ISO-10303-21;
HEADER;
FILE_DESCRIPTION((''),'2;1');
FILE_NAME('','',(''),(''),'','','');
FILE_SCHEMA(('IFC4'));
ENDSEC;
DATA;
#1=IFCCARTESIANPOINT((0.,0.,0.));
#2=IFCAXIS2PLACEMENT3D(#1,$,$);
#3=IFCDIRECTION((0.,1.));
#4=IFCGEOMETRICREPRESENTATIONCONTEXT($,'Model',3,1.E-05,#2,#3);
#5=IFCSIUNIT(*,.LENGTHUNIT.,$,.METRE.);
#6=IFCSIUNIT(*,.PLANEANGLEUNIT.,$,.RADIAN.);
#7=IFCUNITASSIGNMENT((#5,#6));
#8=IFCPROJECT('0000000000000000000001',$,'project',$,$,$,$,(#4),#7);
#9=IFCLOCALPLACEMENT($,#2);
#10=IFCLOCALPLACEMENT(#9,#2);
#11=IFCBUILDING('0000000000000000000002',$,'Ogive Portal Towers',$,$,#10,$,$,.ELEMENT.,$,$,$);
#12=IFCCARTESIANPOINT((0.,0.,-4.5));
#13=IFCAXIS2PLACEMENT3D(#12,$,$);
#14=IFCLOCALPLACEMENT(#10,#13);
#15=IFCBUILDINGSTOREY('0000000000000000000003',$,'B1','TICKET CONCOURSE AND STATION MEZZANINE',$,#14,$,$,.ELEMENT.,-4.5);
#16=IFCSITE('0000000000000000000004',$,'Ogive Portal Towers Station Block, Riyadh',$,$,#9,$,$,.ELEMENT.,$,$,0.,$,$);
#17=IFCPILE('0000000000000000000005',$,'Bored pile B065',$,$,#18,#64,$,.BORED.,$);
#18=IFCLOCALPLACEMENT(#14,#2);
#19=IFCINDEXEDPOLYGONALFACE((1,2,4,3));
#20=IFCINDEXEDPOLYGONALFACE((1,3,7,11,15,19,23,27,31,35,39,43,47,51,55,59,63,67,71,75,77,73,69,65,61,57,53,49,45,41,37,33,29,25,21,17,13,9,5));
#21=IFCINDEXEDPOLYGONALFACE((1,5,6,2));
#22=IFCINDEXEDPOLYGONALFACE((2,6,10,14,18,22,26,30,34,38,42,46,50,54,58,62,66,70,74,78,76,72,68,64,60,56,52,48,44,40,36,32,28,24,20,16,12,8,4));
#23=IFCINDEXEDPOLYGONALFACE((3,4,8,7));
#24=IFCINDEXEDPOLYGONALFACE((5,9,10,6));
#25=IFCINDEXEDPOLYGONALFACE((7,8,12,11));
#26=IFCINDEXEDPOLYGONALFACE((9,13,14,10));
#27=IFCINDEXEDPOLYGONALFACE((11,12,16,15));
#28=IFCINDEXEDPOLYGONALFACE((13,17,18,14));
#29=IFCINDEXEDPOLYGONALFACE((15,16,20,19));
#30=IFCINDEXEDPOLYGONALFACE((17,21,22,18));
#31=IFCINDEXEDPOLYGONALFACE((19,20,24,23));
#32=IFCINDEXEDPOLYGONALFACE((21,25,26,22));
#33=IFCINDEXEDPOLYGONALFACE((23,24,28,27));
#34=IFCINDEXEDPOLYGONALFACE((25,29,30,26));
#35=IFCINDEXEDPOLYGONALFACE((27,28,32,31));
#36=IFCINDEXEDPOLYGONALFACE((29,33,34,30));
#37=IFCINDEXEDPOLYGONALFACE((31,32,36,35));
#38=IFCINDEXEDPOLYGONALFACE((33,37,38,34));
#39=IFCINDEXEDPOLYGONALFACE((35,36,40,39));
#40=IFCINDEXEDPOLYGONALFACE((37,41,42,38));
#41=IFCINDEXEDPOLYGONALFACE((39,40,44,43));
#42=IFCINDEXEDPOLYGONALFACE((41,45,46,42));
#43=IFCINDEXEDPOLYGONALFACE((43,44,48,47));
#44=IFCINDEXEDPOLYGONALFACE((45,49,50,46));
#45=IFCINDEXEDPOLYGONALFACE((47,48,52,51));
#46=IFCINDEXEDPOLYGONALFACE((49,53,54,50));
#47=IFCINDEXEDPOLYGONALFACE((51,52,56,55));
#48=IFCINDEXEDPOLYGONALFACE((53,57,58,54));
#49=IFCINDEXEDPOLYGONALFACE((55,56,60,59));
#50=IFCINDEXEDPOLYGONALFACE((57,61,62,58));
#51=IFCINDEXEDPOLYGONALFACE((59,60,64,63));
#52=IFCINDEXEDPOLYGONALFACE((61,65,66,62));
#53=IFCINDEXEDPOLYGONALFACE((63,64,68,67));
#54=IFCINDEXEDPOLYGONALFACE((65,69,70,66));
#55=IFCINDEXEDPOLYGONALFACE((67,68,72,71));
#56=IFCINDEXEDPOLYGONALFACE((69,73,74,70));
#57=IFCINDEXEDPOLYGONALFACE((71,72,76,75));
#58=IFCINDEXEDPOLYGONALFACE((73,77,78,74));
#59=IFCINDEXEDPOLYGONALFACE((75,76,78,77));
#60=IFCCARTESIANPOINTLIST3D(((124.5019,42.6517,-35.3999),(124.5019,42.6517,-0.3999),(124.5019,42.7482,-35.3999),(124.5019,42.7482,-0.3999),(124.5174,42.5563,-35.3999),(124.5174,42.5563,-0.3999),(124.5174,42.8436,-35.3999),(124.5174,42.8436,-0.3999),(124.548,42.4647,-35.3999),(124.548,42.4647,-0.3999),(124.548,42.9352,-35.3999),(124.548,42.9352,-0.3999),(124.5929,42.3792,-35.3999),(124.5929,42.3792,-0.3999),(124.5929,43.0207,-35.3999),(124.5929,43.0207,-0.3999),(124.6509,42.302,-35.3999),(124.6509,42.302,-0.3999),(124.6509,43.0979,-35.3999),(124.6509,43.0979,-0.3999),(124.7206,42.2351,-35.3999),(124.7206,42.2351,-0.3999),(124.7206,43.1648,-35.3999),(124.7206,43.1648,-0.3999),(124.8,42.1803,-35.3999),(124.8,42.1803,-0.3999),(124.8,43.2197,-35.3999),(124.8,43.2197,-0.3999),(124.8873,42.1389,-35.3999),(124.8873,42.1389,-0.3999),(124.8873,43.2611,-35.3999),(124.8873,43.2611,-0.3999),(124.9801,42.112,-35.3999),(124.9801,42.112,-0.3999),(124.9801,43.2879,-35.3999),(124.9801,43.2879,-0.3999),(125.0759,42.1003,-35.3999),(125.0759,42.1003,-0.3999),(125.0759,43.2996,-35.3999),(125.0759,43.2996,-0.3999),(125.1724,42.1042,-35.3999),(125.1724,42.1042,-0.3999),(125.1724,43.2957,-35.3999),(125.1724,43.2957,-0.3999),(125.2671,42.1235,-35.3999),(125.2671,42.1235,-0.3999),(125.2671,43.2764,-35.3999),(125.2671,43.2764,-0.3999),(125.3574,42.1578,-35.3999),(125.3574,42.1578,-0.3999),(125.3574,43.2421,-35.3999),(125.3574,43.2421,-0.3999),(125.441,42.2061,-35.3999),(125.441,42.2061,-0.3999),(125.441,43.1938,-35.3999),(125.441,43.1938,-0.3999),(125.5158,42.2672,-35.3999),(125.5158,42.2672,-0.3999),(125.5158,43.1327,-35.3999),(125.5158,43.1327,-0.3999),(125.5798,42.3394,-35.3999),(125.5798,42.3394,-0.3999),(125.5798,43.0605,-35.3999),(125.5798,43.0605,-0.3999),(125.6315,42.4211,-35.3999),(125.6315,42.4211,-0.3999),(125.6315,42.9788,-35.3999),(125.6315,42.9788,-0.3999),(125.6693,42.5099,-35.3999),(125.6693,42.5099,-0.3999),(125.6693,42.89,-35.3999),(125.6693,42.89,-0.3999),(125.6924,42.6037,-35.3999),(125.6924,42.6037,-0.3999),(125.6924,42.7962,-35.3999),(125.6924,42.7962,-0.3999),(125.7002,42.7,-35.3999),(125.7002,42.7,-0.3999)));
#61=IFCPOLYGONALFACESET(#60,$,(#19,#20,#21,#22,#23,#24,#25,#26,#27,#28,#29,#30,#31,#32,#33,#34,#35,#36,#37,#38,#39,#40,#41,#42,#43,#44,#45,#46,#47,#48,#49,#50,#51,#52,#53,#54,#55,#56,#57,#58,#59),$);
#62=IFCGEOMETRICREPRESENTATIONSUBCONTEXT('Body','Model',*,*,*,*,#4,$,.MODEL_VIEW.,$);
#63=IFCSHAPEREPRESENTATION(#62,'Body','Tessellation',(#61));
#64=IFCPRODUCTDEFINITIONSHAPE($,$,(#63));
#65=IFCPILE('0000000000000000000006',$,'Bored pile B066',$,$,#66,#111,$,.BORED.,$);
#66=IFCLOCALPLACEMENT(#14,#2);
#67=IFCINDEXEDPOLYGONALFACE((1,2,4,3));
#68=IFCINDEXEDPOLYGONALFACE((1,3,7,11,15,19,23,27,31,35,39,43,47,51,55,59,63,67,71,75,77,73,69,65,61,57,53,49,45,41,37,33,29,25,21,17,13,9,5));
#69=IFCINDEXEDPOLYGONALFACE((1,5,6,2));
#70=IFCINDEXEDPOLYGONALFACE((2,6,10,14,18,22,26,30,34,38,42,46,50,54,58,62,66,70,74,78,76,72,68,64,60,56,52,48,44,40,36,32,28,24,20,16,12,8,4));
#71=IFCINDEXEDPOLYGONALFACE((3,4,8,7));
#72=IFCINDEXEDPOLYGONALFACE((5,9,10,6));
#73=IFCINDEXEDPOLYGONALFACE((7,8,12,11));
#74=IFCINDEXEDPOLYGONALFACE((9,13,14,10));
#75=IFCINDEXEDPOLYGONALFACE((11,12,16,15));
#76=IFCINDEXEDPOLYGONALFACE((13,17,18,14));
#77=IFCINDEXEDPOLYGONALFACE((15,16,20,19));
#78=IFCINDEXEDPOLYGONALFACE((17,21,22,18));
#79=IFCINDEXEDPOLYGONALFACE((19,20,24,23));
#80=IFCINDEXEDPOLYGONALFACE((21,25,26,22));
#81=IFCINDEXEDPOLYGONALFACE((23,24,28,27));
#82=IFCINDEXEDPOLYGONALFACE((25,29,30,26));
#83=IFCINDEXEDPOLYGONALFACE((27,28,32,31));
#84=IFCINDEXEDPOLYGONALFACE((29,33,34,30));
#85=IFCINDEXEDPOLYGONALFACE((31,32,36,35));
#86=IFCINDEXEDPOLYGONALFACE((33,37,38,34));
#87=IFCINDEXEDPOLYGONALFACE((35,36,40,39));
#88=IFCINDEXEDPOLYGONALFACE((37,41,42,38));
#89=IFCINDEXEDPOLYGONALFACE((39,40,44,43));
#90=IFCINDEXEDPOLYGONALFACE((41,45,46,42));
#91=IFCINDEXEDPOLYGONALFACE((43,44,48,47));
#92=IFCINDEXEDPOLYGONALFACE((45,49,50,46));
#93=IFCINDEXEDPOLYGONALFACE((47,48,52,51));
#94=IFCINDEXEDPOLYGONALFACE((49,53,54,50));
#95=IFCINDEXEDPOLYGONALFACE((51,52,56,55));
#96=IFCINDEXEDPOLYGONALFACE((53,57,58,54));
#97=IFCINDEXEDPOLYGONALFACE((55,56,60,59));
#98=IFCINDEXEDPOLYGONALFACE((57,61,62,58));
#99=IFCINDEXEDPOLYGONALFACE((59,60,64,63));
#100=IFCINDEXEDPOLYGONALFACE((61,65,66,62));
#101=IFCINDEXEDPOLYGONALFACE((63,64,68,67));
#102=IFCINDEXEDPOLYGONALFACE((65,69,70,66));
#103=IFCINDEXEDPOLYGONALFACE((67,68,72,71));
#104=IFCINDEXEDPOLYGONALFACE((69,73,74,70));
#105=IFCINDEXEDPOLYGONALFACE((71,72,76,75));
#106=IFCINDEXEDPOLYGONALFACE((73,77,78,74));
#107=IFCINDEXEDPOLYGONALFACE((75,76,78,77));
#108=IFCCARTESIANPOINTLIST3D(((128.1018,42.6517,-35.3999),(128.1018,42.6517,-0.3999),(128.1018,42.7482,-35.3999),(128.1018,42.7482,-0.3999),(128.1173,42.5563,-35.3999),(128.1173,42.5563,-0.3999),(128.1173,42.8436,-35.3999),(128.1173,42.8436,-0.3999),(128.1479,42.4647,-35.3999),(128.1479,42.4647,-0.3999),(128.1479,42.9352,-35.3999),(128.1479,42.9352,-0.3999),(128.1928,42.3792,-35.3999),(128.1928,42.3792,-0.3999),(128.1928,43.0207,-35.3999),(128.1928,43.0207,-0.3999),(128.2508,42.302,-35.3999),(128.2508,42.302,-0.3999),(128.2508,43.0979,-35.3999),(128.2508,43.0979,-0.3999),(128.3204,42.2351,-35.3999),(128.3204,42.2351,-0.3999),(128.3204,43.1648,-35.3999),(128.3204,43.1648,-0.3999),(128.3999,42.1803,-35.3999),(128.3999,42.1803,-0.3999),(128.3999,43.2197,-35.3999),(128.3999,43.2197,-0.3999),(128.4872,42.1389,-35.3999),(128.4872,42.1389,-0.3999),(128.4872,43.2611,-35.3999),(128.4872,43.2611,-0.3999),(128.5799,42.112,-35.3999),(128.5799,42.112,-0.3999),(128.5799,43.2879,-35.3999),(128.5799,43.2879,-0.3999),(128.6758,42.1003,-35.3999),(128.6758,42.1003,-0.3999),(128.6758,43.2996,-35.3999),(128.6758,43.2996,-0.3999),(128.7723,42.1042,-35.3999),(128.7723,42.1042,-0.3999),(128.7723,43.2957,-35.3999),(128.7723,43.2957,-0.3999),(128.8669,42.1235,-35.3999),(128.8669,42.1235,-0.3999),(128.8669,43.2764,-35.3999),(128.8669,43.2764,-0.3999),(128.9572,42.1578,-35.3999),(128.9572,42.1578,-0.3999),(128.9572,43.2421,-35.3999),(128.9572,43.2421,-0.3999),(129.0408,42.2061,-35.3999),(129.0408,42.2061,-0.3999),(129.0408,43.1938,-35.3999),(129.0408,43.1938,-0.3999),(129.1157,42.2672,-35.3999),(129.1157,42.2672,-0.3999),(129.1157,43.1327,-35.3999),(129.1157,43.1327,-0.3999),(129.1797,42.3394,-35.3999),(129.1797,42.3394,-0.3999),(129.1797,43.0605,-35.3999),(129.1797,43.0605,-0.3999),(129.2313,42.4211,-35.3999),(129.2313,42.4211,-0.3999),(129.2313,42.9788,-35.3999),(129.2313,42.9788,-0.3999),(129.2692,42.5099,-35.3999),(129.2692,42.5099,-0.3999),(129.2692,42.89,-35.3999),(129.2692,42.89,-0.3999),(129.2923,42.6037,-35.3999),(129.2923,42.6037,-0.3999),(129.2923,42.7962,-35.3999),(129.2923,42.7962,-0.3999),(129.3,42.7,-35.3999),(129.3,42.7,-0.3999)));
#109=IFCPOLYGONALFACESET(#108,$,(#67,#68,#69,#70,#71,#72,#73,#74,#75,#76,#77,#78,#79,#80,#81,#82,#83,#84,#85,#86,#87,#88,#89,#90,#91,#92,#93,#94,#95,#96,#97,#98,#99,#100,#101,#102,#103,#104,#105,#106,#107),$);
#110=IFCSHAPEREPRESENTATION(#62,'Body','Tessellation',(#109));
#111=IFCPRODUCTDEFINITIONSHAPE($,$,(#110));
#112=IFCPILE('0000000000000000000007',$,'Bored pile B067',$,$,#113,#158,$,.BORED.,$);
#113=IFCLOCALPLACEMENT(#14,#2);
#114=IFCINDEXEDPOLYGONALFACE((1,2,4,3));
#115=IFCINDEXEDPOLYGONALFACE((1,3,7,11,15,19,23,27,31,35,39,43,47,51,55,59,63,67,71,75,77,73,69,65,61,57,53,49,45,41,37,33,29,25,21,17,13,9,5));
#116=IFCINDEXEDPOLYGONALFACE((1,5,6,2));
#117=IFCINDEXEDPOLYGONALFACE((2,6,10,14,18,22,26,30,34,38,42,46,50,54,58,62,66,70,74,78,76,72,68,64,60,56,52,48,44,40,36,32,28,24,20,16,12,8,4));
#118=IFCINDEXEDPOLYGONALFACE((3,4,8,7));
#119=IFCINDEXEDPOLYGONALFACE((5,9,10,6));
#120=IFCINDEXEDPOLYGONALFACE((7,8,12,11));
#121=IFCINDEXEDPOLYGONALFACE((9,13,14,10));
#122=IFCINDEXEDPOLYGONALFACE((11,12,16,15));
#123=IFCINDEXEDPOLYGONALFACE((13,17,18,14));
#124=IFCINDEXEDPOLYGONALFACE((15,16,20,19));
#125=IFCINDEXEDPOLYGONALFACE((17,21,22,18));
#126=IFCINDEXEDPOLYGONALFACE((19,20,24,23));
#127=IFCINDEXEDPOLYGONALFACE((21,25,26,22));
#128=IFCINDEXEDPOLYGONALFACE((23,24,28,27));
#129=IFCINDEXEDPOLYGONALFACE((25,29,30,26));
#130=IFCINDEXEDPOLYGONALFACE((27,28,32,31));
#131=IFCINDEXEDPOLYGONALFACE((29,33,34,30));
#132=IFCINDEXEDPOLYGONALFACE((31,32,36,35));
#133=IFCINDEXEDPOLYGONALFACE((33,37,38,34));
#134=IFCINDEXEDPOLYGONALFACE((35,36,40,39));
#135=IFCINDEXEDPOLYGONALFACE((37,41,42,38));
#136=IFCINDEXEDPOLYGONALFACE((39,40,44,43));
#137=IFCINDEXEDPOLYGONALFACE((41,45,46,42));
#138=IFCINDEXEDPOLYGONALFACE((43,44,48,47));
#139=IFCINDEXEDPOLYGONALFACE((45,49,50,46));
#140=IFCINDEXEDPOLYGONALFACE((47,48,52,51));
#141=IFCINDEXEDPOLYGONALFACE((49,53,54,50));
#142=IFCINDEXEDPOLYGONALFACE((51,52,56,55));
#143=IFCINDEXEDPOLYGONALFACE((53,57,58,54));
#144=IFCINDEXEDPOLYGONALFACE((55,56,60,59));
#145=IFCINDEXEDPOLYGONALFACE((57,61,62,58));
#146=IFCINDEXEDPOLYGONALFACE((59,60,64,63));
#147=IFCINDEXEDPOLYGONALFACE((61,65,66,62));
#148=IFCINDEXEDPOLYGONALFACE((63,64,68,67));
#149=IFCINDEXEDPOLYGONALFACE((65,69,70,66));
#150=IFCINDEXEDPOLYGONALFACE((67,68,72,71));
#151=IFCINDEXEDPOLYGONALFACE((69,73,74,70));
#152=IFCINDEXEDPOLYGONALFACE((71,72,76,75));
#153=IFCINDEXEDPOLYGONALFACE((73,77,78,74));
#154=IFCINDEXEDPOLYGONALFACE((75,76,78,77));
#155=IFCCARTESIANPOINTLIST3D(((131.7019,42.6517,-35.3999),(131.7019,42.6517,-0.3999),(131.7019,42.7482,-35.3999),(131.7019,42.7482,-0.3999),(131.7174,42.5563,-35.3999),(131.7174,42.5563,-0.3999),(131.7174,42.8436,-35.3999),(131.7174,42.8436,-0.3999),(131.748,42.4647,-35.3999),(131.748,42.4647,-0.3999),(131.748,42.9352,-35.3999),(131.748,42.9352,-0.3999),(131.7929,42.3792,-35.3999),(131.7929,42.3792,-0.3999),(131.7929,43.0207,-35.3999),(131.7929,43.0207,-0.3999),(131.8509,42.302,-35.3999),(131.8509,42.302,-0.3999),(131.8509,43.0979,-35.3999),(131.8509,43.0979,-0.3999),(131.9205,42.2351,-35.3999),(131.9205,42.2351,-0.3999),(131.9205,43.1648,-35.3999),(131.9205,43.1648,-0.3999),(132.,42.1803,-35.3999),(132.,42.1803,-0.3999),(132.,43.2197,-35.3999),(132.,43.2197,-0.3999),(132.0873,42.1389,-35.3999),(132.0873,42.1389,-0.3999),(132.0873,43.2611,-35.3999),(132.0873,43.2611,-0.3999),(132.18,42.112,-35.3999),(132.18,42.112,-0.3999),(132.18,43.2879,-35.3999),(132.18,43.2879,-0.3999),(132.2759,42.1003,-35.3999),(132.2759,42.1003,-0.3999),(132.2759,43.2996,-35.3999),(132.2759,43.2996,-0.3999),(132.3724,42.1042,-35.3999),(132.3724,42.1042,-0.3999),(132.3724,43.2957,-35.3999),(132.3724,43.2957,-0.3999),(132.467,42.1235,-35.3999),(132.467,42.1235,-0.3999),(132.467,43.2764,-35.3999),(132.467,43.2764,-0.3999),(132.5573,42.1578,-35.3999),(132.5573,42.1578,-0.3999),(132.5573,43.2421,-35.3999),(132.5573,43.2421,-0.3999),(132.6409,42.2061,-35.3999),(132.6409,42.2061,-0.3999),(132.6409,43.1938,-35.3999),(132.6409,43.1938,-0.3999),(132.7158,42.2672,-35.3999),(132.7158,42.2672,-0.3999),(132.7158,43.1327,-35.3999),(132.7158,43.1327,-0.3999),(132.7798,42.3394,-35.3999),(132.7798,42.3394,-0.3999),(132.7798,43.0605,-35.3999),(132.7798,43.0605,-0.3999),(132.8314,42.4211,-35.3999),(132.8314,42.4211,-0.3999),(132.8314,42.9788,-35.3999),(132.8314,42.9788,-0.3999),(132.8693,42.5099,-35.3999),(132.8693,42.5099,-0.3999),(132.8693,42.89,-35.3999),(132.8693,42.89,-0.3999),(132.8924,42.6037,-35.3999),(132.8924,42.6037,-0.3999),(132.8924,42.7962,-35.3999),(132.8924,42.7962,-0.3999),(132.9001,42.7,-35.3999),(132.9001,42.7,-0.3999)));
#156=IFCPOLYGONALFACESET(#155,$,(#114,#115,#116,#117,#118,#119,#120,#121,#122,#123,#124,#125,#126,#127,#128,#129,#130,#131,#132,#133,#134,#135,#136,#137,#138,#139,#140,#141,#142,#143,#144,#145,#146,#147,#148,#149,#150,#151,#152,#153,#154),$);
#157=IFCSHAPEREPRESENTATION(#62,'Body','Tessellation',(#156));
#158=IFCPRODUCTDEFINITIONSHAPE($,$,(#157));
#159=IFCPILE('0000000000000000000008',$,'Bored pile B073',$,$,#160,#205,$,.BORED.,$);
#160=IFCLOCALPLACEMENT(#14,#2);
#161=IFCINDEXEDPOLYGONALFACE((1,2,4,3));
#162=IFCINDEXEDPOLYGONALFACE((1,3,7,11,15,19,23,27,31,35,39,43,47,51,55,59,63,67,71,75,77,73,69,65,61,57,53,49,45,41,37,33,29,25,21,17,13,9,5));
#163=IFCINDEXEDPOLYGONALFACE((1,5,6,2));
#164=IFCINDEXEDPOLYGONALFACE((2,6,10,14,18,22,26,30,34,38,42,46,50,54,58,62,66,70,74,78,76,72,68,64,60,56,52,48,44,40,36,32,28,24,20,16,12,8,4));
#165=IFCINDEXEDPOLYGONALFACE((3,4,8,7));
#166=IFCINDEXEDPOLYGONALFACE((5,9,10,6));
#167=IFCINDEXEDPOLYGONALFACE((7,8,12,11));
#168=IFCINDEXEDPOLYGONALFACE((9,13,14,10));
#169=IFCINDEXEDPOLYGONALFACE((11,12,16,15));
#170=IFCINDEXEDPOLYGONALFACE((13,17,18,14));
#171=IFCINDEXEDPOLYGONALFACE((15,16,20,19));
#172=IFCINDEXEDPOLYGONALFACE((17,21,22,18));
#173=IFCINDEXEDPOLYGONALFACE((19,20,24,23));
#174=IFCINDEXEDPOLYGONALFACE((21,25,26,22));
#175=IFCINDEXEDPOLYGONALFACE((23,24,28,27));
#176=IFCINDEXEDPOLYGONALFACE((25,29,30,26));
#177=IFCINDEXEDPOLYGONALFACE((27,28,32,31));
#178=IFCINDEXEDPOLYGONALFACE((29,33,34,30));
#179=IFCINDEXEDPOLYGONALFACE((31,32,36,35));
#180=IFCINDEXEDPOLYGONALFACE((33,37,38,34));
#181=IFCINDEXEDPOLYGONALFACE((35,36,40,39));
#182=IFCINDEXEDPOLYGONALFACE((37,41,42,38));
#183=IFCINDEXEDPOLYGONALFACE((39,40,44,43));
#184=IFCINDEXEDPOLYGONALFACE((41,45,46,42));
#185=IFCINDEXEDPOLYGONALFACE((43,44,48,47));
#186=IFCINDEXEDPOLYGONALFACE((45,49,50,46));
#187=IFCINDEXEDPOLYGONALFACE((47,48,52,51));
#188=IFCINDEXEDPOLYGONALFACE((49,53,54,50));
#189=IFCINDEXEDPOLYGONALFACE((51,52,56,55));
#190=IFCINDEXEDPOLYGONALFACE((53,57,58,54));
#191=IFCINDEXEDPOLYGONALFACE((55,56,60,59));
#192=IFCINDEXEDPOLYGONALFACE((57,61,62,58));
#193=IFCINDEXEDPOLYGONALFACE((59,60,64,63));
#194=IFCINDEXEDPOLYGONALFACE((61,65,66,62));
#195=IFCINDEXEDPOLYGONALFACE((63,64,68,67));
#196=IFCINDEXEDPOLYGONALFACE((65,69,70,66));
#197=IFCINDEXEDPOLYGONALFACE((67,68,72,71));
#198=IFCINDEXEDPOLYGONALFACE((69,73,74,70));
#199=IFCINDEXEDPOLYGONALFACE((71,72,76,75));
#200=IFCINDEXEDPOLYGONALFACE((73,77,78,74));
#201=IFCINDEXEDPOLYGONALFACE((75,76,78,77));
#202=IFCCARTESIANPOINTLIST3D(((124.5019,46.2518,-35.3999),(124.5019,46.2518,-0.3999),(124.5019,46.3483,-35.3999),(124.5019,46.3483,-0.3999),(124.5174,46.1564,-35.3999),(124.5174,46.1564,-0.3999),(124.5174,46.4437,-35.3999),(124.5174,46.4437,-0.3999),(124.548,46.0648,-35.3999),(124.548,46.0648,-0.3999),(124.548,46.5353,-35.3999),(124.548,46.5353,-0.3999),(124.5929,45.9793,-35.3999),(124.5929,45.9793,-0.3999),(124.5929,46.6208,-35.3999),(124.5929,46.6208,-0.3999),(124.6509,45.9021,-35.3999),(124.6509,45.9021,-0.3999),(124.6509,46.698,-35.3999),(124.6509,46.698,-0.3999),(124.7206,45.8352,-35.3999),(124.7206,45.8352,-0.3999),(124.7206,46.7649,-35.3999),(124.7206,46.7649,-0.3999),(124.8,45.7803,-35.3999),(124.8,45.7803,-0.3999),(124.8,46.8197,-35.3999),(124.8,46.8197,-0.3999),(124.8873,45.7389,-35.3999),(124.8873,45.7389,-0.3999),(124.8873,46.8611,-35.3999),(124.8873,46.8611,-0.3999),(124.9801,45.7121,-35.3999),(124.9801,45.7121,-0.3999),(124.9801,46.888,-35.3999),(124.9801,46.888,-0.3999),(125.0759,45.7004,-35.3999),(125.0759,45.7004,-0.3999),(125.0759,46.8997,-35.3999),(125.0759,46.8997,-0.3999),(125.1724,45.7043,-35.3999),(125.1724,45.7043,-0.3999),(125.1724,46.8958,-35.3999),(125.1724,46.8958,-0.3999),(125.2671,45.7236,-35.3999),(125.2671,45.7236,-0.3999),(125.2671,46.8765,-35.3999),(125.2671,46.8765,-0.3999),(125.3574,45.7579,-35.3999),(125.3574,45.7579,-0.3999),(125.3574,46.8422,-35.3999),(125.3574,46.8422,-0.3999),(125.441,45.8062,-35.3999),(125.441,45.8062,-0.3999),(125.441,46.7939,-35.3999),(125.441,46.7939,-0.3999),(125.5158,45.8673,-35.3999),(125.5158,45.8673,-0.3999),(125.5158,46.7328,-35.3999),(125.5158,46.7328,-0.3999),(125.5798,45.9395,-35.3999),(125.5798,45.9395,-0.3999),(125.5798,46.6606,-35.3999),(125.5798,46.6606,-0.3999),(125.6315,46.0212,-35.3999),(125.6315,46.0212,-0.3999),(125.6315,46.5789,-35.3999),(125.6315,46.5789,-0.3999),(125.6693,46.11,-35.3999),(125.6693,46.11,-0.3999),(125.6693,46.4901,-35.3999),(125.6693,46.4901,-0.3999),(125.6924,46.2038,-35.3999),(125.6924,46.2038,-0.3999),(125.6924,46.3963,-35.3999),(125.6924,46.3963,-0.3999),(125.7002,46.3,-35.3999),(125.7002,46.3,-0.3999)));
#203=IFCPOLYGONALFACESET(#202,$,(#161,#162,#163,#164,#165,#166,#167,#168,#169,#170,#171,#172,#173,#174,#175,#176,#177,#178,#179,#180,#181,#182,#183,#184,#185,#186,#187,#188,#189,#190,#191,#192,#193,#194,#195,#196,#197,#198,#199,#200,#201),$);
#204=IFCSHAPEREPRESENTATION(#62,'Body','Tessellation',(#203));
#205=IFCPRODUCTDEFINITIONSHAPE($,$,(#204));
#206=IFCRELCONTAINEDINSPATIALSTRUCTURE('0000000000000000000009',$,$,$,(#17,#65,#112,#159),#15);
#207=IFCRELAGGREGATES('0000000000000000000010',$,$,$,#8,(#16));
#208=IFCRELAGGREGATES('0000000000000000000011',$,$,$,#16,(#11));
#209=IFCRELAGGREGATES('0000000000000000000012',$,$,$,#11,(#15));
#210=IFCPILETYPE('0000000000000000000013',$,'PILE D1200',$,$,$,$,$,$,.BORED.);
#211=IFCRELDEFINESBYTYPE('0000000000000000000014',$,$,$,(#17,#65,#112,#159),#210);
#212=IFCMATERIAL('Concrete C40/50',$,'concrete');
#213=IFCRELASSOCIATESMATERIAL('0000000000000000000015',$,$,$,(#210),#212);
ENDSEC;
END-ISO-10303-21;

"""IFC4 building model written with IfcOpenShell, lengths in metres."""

from ifc_helpers import new_model, si_unit, direction, frame, origin, origin_2d, place, context, subcontext, project, spatial, circle, extrude, material, material_profile, profile_set, type_object, element, save


model = new_model("IFC4")

# Units and contexts
model_context = context("Model", 3, precision=1e-05, world=origin(), true_north=direction((0.0, 1.0)))
body_context = subcontext(model_context, "Body", "Model", "MODEL_VIEW")
ifc_project = project(units=[si_unit("LENGTHUNIT", "METRE"), si_unit("PLANEANGLEUNIT", "RADIAN")], contexts=[model_context])

# Site, building, storey
site_placement = place(None, origin())
site = spatial("IfcSite", under=ifc_project, at=site_placement, Name="Ogive Portal Towers Station Block, Riyadh", CompositionType="ELEMENT", RefElevation=0.0)
building_placement = place(site_placement, origin())
building = spatial("IfcBuilding", under=site, at=building_placement, Name="Ogive Portal Towers", CompositionType="ELEMENT")
storey_placement = place(building_placement, frame((0.0, 0.0, -4.5)))
storey = spatial("IfcBuildingStorey", under=building, at=storey_placement, Name="B1", Description="TICKET CONCOURSE AND STATION MEZZANINE", CompositionType="ELEMENT", Elevation=-4.5)

# Piles
ifc_material_1 = material(Name="Concrete C40/50", Category="concrete")
ifc_material_profile_1 = material_profile(ifc_material_1, circle(Radius=0.6001, at=origin_2d()), Name="PILE D1200")
ifc_profile_set_1 = profile_set([ifc_material_profile_1], Name="Concrete C40/50")
pile_type = type_object("IfcPileType", Name="PILE D1200", PredefinedType="BORED", material=ifc_profile_set_1)
for number, where, z_axis, x_axis, name in (
    (1, (125.1001, 42.7, -0.3999), (0.0, 0.0, -1.0), (1.0, 0.0, 0.0), "Bored pile B065"),
    (2, (128.7, 42.7, -0.3999), (0.0, 0.0, -1.0), (1.0, 0.0, 0.0), "Bored pile B066"),
    (3, (132.3, 42.7, -0.3999), (0.0, 0.0, -1.0), (1.0, 0.0, 0.0), "Bored pile B067"),
    (4, (125.1001, 46.3, -0.3999), (0.0, 0.0, -1.0), (1.0, 0.0, 0.0), "Bored pile B073"),
):
    element("IfcPile", number, at=place(storey_placement, frame(where, z_axis=z_axis, x_axis=x_axis)), inside=storey, type_object=pile_type, Name=name, PredefinedType="BORED", context=body_context, shape_type="SweptSolid", body=[
        extrude(circle(Radius=0.6001, at=origin_2d()), origin(), (0.0, 0.0, 1.0), 35.0),
    ])

save(model, "model.ifc")
